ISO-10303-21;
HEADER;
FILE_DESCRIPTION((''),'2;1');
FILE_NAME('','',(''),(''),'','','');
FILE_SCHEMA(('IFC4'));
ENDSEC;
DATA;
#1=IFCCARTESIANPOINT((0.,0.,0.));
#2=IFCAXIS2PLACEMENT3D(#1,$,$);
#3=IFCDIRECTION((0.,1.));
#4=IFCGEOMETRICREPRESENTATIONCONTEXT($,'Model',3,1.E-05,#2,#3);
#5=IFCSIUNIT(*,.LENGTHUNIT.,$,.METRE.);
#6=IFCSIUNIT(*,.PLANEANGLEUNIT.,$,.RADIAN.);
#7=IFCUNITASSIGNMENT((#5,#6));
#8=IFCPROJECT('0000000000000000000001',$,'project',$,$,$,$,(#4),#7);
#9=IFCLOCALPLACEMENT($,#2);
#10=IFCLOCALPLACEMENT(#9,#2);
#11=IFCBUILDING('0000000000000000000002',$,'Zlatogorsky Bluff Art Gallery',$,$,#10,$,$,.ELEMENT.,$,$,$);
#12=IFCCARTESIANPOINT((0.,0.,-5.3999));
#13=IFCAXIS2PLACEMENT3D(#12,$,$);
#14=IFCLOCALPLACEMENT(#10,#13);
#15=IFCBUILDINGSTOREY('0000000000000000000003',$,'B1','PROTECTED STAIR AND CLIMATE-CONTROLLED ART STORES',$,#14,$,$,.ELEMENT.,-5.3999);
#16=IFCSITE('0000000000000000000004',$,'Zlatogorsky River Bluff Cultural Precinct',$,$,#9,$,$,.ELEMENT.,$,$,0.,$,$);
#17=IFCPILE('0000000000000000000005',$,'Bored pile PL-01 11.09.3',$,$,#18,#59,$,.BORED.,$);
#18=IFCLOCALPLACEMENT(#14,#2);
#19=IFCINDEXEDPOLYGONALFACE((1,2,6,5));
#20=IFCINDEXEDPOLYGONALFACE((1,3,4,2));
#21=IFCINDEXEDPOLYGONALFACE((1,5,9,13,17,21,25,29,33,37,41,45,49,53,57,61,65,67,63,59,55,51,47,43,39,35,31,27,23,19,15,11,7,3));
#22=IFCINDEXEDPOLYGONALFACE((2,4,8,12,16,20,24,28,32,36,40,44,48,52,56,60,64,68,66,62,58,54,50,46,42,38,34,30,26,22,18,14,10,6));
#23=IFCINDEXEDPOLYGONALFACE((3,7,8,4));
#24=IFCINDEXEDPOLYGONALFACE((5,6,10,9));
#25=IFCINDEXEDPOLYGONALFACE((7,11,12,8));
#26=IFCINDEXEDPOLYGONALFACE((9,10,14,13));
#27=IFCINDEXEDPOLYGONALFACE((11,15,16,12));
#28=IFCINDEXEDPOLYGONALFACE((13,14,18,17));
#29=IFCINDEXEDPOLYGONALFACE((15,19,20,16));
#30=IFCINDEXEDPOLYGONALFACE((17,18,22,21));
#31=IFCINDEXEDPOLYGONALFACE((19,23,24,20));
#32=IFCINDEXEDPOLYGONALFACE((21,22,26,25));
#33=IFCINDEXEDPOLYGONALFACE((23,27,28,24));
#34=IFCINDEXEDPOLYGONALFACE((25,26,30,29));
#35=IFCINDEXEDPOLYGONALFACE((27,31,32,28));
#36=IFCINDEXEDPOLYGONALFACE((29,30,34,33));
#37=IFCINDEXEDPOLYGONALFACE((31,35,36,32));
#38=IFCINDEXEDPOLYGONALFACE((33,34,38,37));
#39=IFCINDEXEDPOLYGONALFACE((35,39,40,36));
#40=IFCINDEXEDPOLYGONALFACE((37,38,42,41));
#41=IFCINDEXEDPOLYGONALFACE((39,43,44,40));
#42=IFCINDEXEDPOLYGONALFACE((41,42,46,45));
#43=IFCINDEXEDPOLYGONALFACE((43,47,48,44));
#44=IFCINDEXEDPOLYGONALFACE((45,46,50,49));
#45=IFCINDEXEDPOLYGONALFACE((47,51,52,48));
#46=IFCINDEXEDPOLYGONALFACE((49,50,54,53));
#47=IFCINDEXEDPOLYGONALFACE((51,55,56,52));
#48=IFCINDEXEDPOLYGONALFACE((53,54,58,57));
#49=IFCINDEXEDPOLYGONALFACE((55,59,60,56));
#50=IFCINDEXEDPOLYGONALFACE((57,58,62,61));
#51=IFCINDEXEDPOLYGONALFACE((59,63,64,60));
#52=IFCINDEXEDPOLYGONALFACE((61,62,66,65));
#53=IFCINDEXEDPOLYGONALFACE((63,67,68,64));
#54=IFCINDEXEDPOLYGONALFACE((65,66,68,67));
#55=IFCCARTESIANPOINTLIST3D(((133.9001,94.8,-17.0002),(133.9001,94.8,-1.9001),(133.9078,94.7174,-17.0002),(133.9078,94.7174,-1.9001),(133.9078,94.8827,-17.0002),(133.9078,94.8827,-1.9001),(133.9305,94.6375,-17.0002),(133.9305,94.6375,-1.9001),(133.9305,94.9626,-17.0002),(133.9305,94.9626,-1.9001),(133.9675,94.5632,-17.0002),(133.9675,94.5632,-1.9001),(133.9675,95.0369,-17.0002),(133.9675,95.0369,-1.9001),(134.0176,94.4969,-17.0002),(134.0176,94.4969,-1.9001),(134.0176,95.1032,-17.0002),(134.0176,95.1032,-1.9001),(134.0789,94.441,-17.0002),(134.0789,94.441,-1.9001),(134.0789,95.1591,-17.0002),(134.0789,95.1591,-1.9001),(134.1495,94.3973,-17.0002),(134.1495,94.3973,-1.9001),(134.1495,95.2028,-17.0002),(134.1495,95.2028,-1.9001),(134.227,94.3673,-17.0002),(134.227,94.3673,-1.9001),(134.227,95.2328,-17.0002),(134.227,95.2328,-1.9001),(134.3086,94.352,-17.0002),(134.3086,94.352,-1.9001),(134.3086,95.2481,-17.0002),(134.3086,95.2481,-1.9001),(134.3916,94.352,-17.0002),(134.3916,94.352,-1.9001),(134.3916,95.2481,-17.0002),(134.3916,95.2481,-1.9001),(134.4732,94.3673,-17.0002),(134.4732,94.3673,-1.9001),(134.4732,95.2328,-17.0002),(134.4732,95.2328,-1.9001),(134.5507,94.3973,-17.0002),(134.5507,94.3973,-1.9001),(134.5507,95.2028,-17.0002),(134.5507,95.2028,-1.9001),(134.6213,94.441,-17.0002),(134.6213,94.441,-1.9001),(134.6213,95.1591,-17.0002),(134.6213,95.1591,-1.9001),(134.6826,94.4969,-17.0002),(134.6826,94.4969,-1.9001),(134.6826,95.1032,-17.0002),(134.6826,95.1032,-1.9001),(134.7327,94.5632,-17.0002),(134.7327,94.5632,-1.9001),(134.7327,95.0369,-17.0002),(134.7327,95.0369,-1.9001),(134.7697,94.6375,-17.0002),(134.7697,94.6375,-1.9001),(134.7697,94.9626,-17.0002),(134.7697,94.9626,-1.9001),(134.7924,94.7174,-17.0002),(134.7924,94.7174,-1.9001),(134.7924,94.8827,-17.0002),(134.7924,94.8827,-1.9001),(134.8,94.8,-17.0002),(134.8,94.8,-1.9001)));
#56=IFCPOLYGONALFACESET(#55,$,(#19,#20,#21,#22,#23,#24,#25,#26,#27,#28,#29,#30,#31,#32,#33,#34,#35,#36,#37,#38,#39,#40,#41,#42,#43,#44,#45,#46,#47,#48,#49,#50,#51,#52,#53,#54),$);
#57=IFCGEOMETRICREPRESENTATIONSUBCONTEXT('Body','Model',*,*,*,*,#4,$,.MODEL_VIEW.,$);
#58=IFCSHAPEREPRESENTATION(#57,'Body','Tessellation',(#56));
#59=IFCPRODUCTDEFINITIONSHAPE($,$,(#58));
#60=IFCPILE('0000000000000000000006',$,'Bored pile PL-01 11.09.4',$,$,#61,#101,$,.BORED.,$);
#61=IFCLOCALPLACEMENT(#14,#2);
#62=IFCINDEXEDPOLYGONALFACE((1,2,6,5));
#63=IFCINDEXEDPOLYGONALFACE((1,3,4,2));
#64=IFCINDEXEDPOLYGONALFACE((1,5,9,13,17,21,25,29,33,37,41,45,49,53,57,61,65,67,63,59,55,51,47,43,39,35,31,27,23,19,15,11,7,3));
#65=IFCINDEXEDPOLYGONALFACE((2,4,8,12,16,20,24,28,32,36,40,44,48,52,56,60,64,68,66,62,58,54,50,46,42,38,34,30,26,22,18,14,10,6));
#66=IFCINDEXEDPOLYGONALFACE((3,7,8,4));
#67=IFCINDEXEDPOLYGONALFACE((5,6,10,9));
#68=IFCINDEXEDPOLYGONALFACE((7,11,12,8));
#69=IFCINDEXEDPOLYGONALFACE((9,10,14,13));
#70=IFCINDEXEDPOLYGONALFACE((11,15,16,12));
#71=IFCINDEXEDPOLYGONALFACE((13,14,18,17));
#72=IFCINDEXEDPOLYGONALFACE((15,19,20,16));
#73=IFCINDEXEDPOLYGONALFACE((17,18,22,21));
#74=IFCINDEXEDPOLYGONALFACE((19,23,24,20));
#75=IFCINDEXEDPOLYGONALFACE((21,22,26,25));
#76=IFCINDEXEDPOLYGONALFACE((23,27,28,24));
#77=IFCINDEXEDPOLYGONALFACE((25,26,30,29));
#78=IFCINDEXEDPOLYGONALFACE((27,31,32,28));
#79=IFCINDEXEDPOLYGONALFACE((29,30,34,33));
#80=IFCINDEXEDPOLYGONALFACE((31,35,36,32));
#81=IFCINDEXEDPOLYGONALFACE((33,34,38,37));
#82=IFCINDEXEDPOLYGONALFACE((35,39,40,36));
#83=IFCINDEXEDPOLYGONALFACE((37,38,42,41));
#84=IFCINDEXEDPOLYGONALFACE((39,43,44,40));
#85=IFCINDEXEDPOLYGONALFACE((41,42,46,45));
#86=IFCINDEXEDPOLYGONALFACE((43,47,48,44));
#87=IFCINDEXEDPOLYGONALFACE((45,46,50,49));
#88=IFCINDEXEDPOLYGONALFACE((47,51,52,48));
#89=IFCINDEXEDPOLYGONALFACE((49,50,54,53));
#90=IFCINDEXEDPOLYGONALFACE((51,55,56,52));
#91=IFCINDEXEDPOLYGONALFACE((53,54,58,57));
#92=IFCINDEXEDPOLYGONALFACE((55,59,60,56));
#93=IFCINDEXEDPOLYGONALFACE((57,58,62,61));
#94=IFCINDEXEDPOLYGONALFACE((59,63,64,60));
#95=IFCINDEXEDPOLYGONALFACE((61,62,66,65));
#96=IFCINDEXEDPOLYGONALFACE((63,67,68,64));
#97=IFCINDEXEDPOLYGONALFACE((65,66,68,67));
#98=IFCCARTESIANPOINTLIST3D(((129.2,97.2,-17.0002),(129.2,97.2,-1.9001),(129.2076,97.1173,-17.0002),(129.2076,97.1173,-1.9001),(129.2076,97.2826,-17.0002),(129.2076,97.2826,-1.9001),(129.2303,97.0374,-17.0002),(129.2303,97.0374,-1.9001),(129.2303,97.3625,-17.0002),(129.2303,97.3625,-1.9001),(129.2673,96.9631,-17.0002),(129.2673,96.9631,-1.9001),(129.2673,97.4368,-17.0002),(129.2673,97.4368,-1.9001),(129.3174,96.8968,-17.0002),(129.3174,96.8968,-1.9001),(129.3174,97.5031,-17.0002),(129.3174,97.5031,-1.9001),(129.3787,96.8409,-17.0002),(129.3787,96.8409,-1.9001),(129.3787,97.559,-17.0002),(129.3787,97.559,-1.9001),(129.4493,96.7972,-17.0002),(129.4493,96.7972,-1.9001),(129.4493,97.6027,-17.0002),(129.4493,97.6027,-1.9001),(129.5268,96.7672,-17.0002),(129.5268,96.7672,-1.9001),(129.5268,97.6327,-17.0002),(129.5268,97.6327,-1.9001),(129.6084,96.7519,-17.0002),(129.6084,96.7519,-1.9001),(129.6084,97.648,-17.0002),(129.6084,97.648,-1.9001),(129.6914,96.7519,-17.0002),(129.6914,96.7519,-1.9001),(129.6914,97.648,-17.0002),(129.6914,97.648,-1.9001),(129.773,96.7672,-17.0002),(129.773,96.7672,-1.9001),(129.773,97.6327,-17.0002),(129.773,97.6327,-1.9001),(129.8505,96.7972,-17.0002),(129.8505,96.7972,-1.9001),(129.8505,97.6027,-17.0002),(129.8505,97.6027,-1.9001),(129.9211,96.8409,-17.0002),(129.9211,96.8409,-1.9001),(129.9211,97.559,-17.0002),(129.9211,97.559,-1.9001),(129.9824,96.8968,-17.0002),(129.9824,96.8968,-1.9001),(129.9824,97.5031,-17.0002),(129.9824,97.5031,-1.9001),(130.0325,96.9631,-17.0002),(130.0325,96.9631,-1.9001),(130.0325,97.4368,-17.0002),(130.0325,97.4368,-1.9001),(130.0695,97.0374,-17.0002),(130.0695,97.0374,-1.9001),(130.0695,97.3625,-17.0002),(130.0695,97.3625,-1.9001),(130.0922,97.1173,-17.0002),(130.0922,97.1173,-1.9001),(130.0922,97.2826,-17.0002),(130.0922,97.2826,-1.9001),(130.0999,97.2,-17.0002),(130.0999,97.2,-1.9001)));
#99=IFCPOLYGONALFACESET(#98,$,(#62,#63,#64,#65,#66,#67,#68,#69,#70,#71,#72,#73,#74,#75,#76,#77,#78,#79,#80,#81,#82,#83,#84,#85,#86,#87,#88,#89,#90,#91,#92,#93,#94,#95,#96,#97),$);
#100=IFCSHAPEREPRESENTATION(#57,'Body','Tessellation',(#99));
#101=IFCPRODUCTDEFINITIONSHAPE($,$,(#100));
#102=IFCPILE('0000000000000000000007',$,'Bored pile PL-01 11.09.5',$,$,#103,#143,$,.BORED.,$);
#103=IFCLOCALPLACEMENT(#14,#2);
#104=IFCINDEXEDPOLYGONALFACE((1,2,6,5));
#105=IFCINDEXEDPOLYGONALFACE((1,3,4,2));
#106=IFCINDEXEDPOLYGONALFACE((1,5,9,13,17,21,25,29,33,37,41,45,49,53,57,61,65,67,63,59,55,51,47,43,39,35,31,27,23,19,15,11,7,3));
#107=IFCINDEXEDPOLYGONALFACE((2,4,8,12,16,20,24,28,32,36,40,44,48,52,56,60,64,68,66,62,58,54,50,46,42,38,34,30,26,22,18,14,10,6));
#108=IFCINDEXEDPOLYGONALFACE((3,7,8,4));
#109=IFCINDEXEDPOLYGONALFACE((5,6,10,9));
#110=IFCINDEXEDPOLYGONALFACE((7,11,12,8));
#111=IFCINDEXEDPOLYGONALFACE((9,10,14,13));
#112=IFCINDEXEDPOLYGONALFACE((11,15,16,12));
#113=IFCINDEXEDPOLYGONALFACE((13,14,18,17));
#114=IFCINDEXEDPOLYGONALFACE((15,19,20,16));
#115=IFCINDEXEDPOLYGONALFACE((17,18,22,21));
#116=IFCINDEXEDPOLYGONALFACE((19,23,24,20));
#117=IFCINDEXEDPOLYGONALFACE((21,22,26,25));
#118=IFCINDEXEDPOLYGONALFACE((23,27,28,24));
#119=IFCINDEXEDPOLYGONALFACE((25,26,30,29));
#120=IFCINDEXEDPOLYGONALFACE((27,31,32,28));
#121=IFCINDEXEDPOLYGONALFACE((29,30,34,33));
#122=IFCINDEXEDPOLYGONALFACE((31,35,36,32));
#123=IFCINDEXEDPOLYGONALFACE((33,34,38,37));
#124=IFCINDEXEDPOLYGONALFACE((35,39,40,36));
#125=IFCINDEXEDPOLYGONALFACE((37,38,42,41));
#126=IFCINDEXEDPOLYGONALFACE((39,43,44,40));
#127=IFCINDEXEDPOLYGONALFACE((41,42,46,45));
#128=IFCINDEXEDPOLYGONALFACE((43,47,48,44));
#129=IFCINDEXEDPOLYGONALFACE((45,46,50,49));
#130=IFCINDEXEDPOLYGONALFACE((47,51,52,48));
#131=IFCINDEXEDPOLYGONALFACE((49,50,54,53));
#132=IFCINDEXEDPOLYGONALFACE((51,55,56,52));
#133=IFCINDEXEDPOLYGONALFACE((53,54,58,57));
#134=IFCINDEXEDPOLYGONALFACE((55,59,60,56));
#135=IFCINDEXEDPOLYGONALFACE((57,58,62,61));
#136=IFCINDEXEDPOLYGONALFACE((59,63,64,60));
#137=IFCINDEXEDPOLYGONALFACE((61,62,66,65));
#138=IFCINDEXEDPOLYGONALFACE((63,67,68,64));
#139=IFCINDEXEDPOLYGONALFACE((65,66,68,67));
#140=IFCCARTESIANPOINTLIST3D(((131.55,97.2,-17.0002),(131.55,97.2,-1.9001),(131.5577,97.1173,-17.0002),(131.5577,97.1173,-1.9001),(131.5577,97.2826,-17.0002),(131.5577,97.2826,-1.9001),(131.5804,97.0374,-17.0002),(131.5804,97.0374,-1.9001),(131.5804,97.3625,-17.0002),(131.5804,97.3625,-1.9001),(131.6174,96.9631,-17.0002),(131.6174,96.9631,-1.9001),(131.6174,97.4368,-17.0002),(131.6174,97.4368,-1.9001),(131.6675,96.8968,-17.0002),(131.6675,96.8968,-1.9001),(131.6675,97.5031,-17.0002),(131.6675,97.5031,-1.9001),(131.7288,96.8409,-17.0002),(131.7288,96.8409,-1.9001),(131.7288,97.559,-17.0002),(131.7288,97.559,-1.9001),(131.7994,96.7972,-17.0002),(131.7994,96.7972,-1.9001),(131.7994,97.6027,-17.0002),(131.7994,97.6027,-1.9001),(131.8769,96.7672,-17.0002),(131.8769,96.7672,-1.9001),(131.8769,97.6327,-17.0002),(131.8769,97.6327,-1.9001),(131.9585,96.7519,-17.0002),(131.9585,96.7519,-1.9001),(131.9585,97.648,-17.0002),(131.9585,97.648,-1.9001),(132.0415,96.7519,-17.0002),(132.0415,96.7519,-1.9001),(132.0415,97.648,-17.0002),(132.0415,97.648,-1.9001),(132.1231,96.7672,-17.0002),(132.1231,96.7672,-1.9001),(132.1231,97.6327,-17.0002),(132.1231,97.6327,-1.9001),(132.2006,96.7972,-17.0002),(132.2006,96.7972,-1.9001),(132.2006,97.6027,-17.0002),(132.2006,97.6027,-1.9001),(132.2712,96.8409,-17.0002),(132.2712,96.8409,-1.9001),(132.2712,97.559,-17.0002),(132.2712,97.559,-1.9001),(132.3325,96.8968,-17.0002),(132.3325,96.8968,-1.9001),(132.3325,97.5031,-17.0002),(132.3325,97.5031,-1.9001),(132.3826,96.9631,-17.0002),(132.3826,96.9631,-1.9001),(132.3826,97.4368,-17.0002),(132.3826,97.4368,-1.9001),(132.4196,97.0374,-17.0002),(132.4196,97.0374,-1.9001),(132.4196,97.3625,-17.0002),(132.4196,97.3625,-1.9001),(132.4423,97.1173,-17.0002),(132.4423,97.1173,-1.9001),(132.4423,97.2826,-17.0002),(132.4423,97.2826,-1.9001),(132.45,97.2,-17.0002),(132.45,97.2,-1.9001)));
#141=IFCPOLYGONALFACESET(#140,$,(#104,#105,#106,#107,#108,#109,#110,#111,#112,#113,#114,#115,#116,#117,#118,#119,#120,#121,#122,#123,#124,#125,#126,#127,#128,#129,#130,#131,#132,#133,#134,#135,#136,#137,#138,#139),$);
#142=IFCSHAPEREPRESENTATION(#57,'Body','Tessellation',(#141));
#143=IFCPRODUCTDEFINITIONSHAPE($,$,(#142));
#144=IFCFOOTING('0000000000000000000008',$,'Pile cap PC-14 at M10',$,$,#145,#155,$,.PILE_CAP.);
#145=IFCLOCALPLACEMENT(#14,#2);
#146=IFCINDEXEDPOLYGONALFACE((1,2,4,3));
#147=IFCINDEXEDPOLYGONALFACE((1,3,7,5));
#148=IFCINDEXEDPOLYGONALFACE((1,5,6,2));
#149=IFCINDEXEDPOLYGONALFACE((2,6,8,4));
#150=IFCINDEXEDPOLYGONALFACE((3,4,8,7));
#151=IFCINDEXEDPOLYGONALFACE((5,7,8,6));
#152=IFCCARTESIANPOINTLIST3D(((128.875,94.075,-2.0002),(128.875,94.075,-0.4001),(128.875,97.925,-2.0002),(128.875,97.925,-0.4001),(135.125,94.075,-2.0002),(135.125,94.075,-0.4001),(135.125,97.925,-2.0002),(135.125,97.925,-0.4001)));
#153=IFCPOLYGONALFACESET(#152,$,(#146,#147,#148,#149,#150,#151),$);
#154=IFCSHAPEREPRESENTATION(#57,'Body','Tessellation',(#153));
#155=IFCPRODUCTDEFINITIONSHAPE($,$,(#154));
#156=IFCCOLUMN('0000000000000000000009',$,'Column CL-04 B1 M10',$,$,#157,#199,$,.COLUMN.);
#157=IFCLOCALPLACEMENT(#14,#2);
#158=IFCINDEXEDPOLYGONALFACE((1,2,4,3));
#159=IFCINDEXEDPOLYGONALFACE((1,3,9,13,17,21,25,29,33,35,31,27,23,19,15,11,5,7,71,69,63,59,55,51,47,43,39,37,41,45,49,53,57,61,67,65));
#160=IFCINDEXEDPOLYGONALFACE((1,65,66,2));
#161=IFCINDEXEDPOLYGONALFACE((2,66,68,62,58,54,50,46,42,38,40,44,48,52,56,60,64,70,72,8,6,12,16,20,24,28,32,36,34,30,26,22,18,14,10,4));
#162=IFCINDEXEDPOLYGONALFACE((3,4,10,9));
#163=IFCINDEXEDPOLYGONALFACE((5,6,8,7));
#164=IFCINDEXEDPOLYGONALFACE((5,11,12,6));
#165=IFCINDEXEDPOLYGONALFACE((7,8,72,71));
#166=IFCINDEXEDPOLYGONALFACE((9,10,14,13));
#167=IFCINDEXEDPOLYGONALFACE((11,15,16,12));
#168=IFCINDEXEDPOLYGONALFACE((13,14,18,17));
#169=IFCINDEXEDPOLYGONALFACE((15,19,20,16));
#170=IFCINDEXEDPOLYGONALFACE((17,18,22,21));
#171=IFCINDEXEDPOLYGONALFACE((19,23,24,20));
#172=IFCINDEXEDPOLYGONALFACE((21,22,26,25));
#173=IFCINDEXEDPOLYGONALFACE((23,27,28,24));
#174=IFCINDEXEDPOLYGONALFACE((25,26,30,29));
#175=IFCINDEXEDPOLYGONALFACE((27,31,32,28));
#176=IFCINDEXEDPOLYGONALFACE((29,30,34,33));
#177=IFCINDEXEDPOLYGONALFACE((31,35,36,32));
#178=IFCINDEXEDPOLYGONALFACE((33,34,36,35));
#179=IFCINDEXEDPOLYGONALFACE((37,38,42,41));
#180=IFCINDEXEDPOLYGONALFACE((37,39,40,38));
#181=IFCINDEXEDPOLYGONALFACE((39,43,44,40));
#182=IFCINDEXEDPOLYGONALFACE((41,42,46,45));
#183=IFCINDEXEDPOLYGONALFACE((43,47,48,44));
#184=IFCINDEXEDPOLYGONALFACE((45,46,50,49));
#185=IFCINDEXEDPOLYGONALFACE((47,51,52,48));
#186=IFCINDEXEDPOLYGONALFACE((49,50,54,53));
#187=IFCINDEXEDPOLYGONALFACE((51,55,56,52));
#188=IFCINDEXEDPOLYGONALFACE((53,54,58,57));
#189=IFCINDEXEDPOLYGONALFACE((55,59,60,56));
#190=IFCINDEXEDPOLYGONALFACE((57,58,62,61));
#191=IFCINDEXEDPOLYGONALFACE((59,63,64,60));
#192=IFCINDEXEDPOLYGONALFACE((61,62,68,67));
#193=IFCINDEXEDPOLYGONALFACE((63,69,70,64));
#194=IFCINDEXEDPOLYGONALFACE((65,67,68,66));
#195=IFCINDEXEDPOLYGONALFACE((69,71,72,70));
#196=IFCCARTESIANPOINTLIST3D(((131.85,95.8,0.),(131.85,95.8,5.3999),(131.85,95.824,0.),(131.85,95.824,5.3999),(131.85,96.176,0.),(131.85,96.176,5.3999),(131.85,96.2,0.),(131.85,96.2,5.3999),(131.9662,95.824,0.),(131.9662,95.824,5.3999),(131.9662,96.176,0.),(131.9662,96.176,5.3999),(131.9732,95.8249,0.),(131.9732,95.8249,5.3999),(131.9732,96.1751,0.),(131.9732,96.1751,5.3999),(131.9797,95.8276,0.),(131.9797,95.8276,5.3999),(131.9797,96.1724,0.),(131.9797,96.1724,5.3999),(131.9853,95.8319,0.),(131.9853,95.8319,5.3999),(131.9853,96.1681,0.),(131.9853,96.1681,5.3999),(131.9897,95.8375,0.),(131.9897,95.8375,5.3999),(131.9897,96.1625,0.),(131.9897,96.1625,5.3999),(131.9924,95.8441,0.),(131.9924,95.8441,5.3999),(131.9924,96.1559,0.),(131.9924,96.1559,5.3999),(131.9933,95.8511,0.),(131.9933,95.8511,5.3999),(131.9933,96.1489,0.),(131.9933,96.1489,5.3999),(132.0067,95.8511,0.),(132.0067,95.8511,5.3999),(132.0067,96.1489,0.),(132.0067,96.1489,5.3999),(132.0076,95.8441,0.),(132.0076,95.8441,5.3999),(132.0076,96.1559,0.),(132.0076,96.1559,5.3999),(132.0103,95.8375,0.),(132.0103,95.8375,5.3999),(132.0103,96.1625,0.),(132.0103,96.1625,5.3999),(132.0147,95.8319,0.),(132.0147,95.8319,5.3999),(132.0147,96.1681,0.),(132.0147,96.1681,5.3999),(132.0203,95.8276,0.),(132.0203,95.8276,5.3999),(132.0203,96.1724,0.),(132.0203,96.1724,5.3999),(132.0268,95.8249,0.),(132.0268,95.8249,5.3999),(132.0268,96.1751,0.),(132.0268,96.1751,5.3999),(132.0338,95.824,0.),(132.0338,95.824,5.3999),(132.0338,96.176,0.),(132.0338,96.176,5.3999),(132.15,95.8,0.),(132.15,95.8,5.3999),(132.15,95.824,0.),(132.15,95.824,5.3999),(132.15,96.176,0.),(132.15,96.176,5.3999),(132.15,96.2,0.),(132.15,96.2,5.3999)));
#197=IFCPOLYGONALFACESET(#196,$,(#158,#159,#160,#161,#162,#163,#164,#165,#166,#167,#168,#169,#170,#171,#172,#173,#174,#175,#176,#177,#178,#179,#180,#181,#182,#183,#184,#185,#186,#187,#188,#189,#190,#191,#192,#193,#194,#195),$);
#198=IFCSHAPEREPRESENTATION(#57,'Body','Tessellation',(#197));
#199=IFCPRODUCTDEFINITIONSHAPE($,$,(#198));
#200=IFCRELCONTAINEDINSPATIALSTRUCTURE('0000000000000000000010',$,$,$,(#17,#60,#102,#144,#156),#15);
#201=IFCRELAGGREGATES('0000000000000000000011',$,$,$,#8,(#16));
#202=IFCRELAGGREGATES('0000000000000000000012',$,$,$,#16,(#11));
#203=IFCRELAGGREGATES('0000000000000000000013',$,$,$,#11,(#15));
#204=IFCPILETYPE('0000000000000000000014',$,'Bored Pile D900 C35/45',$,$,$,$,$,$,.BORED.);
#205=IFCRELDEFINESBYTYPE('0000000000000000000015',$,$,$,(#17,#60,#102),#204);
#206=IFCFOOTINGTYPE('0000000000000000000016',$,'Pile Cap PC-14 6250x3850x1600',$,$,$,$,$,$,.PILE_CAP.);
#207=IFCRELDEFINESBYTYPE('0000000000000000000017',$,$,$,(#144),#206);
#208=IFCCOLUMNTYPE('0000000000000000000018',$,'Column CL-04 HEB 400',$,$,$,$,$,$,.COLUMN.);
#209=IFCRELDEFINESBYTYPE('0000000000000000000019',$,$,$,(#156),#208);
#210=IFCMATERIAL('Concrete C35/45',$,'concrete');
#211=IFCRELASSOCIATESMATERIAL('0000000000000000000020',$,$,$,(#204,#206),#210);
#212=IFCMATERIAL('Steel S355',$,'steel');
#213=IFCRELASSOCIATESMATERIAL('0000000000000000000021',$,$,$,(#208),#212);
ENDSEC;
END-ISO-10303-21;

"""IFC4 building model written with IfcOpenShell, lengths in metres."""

from ifc_helpers import new_model, si_unit, direction, frame, origin, origin_2d, place, context, subcontext, project, spatial, rectangle, circle, i_section, extrude, material, material_profile, profile_set, type_object, element, save


model = new_model("IFC4")

# Units and contexts
model_context = context("Model", 3, precision=1e-05, world=origin(), true_north=direction((0.0, 1.0)))
body_context = subcontext(model_context, "Body", "Model", "MODEL_VIEW")
ifc_project = project(units=[si_unit("LENGTHUNIT", "METRE"), si_unit("PLANEANGLEUNIT", "RADIAN")], contexts=[model_context])

# Site, building, storey
site_placement = place(None, origin())
site = spatial("IfcSite", under=ifc_project, at=site_placement, Name="Zlatogorsky River Bluff Cultural Precinct", CompositionType="ELEMENT", RefElevation=0.0)
building_placement = place(site_placement, origin())
building = spatial("IfcBuilding", under=site, at=building_placement, Name="Zlatogorsky Bluff Art Gallery", CompositionType="ELEMENT")
storey_placement = place(building_placement, frame((0.0, 0.0, -5.3999)))
storey = spatial("IfcBuildingStorey", under=building, at=storey_placement, Name="B1", Description="PROTECTED STAIR AND CLIMATE-CONTROLLED ART STORES", CompositionType="ELEMENT", Elevation=-5.3999)

# Piles
ifc_material_1 = material(Name="Concrete C35/45", Category="concrete")
ifc_material_profile_1 = material_profile(ifc_material_1, circle(Radius=0.45, at=origin_2d()), Name="BORED PILE D900")
ifc_profile_set_1 = profile_set([ifc_material_profile_1], Name="Concrete C35/45")
pile_type_1 = type_object("IfcPileType", Name="Bored Pile D900 C35/45", PredefinedType="BORED", material=ifc_profile_set_1)
for number, where, z_axis, x_axis, name in (
    (1, (134.3501, 94.8, -1.9001), (0.0, 0.0, -1.0), (1.0, 0.0, 0.0), "Bored pile PL-01 11.09.3"),
    (2, (129.6499, 97.2, -1.9001), (0.0, 0.0, -1.0), (1.0, 0.0, 0.0), "Bored pile PL-01 11.09.4"),
    (3, (132.0, 97.2, -1.9001), (0.0, 0.0, -1.0), (1.0, 0.0, 0.0), "Bored pile PL-01 11.09.5"),
):
    element("IfcPile", number, at=place(storey_placement, frame(where, z_axis=z_axis, x_axis=x_axis)), inside=storey, type_object=pile_type_1, Name=name, PredefinedType="BORED", context=body_context, shape_type="SweptSolid", body=[
        extrude(circle(Radius=0.45, at=origin_2d()), origin(), (0.0, 0.0, 1.0), 15.1001),
    ])

# Footing
footing_type = type_object("IfcFootingType", Name="Pile Cap PC-14 6250x3850x1600", PredefinedType="PILE_CAP", material=ifc_material_1)
footing_placement = place(storey_placement, frame((132.0, 96.0, -2.0002), z_axis=(0.0, 0.0, 1.0), x_axis=(1.0, 0.0, 0.0)))
element("IfcFooting", 4, at=footing_placement, inside=storey, type_object=footing_type, Name="Pile cap PC-14 at M10", PredefinedType="PILE_CAP", context=body_context, shape_type="SweptSolid", body=[
    extrude(rectangle(XDim=6.25, YDim=3.8501, at=origin_2d()), origin(), (0.0, 0.0, 1.0), 1.6001),
])

# Column
ifc_material_2 = material(Name="Steel S355", Category="steel")
ifc_material_profile_2 = material_profile(ifc_material_2, i_section(OverallWidth=0.3, OverallDepth=0.3999, WebThickness=0.0134, FlangeThickness=0.0239, FilletRadius=0.0271, at=origin_2d()), Name="HEB 400")
ifc_profile_set_2 = profile_set([ifc_material_profile_2], Name="Steel S355")
column_type_1 = type_object("IfcColumnType", Name="Column CL-04 HEB 400", PredefinedType="COLUMN", material=ifc_profile_set_2)
column_1_placement = place(storey_placement, frame((132.0, 96.0, 0.0), z_axis=(0.0, 0.0, 1.0), x_axis=(1.0, 0.0, 0.0)))
element("IfcColumn", 5, at=column_1_placement, inside=storey, type_object=column_type_1, Name="Column CL-04 B1 M10", PredefinedType="COLUMN", context=body_context, shape_type="SweptSolid", body=[
    extrude(i_section(OverallWidth=0.3, OverallDepth=0.3999, WebThickness=0.0134, FlangeThickness=0.0239, FilletRadius=0.0271, at=origin_2d()), origin(), (0.0, 0.0, 1.0), 5.3999),
])

save(model, "model.ifc")
